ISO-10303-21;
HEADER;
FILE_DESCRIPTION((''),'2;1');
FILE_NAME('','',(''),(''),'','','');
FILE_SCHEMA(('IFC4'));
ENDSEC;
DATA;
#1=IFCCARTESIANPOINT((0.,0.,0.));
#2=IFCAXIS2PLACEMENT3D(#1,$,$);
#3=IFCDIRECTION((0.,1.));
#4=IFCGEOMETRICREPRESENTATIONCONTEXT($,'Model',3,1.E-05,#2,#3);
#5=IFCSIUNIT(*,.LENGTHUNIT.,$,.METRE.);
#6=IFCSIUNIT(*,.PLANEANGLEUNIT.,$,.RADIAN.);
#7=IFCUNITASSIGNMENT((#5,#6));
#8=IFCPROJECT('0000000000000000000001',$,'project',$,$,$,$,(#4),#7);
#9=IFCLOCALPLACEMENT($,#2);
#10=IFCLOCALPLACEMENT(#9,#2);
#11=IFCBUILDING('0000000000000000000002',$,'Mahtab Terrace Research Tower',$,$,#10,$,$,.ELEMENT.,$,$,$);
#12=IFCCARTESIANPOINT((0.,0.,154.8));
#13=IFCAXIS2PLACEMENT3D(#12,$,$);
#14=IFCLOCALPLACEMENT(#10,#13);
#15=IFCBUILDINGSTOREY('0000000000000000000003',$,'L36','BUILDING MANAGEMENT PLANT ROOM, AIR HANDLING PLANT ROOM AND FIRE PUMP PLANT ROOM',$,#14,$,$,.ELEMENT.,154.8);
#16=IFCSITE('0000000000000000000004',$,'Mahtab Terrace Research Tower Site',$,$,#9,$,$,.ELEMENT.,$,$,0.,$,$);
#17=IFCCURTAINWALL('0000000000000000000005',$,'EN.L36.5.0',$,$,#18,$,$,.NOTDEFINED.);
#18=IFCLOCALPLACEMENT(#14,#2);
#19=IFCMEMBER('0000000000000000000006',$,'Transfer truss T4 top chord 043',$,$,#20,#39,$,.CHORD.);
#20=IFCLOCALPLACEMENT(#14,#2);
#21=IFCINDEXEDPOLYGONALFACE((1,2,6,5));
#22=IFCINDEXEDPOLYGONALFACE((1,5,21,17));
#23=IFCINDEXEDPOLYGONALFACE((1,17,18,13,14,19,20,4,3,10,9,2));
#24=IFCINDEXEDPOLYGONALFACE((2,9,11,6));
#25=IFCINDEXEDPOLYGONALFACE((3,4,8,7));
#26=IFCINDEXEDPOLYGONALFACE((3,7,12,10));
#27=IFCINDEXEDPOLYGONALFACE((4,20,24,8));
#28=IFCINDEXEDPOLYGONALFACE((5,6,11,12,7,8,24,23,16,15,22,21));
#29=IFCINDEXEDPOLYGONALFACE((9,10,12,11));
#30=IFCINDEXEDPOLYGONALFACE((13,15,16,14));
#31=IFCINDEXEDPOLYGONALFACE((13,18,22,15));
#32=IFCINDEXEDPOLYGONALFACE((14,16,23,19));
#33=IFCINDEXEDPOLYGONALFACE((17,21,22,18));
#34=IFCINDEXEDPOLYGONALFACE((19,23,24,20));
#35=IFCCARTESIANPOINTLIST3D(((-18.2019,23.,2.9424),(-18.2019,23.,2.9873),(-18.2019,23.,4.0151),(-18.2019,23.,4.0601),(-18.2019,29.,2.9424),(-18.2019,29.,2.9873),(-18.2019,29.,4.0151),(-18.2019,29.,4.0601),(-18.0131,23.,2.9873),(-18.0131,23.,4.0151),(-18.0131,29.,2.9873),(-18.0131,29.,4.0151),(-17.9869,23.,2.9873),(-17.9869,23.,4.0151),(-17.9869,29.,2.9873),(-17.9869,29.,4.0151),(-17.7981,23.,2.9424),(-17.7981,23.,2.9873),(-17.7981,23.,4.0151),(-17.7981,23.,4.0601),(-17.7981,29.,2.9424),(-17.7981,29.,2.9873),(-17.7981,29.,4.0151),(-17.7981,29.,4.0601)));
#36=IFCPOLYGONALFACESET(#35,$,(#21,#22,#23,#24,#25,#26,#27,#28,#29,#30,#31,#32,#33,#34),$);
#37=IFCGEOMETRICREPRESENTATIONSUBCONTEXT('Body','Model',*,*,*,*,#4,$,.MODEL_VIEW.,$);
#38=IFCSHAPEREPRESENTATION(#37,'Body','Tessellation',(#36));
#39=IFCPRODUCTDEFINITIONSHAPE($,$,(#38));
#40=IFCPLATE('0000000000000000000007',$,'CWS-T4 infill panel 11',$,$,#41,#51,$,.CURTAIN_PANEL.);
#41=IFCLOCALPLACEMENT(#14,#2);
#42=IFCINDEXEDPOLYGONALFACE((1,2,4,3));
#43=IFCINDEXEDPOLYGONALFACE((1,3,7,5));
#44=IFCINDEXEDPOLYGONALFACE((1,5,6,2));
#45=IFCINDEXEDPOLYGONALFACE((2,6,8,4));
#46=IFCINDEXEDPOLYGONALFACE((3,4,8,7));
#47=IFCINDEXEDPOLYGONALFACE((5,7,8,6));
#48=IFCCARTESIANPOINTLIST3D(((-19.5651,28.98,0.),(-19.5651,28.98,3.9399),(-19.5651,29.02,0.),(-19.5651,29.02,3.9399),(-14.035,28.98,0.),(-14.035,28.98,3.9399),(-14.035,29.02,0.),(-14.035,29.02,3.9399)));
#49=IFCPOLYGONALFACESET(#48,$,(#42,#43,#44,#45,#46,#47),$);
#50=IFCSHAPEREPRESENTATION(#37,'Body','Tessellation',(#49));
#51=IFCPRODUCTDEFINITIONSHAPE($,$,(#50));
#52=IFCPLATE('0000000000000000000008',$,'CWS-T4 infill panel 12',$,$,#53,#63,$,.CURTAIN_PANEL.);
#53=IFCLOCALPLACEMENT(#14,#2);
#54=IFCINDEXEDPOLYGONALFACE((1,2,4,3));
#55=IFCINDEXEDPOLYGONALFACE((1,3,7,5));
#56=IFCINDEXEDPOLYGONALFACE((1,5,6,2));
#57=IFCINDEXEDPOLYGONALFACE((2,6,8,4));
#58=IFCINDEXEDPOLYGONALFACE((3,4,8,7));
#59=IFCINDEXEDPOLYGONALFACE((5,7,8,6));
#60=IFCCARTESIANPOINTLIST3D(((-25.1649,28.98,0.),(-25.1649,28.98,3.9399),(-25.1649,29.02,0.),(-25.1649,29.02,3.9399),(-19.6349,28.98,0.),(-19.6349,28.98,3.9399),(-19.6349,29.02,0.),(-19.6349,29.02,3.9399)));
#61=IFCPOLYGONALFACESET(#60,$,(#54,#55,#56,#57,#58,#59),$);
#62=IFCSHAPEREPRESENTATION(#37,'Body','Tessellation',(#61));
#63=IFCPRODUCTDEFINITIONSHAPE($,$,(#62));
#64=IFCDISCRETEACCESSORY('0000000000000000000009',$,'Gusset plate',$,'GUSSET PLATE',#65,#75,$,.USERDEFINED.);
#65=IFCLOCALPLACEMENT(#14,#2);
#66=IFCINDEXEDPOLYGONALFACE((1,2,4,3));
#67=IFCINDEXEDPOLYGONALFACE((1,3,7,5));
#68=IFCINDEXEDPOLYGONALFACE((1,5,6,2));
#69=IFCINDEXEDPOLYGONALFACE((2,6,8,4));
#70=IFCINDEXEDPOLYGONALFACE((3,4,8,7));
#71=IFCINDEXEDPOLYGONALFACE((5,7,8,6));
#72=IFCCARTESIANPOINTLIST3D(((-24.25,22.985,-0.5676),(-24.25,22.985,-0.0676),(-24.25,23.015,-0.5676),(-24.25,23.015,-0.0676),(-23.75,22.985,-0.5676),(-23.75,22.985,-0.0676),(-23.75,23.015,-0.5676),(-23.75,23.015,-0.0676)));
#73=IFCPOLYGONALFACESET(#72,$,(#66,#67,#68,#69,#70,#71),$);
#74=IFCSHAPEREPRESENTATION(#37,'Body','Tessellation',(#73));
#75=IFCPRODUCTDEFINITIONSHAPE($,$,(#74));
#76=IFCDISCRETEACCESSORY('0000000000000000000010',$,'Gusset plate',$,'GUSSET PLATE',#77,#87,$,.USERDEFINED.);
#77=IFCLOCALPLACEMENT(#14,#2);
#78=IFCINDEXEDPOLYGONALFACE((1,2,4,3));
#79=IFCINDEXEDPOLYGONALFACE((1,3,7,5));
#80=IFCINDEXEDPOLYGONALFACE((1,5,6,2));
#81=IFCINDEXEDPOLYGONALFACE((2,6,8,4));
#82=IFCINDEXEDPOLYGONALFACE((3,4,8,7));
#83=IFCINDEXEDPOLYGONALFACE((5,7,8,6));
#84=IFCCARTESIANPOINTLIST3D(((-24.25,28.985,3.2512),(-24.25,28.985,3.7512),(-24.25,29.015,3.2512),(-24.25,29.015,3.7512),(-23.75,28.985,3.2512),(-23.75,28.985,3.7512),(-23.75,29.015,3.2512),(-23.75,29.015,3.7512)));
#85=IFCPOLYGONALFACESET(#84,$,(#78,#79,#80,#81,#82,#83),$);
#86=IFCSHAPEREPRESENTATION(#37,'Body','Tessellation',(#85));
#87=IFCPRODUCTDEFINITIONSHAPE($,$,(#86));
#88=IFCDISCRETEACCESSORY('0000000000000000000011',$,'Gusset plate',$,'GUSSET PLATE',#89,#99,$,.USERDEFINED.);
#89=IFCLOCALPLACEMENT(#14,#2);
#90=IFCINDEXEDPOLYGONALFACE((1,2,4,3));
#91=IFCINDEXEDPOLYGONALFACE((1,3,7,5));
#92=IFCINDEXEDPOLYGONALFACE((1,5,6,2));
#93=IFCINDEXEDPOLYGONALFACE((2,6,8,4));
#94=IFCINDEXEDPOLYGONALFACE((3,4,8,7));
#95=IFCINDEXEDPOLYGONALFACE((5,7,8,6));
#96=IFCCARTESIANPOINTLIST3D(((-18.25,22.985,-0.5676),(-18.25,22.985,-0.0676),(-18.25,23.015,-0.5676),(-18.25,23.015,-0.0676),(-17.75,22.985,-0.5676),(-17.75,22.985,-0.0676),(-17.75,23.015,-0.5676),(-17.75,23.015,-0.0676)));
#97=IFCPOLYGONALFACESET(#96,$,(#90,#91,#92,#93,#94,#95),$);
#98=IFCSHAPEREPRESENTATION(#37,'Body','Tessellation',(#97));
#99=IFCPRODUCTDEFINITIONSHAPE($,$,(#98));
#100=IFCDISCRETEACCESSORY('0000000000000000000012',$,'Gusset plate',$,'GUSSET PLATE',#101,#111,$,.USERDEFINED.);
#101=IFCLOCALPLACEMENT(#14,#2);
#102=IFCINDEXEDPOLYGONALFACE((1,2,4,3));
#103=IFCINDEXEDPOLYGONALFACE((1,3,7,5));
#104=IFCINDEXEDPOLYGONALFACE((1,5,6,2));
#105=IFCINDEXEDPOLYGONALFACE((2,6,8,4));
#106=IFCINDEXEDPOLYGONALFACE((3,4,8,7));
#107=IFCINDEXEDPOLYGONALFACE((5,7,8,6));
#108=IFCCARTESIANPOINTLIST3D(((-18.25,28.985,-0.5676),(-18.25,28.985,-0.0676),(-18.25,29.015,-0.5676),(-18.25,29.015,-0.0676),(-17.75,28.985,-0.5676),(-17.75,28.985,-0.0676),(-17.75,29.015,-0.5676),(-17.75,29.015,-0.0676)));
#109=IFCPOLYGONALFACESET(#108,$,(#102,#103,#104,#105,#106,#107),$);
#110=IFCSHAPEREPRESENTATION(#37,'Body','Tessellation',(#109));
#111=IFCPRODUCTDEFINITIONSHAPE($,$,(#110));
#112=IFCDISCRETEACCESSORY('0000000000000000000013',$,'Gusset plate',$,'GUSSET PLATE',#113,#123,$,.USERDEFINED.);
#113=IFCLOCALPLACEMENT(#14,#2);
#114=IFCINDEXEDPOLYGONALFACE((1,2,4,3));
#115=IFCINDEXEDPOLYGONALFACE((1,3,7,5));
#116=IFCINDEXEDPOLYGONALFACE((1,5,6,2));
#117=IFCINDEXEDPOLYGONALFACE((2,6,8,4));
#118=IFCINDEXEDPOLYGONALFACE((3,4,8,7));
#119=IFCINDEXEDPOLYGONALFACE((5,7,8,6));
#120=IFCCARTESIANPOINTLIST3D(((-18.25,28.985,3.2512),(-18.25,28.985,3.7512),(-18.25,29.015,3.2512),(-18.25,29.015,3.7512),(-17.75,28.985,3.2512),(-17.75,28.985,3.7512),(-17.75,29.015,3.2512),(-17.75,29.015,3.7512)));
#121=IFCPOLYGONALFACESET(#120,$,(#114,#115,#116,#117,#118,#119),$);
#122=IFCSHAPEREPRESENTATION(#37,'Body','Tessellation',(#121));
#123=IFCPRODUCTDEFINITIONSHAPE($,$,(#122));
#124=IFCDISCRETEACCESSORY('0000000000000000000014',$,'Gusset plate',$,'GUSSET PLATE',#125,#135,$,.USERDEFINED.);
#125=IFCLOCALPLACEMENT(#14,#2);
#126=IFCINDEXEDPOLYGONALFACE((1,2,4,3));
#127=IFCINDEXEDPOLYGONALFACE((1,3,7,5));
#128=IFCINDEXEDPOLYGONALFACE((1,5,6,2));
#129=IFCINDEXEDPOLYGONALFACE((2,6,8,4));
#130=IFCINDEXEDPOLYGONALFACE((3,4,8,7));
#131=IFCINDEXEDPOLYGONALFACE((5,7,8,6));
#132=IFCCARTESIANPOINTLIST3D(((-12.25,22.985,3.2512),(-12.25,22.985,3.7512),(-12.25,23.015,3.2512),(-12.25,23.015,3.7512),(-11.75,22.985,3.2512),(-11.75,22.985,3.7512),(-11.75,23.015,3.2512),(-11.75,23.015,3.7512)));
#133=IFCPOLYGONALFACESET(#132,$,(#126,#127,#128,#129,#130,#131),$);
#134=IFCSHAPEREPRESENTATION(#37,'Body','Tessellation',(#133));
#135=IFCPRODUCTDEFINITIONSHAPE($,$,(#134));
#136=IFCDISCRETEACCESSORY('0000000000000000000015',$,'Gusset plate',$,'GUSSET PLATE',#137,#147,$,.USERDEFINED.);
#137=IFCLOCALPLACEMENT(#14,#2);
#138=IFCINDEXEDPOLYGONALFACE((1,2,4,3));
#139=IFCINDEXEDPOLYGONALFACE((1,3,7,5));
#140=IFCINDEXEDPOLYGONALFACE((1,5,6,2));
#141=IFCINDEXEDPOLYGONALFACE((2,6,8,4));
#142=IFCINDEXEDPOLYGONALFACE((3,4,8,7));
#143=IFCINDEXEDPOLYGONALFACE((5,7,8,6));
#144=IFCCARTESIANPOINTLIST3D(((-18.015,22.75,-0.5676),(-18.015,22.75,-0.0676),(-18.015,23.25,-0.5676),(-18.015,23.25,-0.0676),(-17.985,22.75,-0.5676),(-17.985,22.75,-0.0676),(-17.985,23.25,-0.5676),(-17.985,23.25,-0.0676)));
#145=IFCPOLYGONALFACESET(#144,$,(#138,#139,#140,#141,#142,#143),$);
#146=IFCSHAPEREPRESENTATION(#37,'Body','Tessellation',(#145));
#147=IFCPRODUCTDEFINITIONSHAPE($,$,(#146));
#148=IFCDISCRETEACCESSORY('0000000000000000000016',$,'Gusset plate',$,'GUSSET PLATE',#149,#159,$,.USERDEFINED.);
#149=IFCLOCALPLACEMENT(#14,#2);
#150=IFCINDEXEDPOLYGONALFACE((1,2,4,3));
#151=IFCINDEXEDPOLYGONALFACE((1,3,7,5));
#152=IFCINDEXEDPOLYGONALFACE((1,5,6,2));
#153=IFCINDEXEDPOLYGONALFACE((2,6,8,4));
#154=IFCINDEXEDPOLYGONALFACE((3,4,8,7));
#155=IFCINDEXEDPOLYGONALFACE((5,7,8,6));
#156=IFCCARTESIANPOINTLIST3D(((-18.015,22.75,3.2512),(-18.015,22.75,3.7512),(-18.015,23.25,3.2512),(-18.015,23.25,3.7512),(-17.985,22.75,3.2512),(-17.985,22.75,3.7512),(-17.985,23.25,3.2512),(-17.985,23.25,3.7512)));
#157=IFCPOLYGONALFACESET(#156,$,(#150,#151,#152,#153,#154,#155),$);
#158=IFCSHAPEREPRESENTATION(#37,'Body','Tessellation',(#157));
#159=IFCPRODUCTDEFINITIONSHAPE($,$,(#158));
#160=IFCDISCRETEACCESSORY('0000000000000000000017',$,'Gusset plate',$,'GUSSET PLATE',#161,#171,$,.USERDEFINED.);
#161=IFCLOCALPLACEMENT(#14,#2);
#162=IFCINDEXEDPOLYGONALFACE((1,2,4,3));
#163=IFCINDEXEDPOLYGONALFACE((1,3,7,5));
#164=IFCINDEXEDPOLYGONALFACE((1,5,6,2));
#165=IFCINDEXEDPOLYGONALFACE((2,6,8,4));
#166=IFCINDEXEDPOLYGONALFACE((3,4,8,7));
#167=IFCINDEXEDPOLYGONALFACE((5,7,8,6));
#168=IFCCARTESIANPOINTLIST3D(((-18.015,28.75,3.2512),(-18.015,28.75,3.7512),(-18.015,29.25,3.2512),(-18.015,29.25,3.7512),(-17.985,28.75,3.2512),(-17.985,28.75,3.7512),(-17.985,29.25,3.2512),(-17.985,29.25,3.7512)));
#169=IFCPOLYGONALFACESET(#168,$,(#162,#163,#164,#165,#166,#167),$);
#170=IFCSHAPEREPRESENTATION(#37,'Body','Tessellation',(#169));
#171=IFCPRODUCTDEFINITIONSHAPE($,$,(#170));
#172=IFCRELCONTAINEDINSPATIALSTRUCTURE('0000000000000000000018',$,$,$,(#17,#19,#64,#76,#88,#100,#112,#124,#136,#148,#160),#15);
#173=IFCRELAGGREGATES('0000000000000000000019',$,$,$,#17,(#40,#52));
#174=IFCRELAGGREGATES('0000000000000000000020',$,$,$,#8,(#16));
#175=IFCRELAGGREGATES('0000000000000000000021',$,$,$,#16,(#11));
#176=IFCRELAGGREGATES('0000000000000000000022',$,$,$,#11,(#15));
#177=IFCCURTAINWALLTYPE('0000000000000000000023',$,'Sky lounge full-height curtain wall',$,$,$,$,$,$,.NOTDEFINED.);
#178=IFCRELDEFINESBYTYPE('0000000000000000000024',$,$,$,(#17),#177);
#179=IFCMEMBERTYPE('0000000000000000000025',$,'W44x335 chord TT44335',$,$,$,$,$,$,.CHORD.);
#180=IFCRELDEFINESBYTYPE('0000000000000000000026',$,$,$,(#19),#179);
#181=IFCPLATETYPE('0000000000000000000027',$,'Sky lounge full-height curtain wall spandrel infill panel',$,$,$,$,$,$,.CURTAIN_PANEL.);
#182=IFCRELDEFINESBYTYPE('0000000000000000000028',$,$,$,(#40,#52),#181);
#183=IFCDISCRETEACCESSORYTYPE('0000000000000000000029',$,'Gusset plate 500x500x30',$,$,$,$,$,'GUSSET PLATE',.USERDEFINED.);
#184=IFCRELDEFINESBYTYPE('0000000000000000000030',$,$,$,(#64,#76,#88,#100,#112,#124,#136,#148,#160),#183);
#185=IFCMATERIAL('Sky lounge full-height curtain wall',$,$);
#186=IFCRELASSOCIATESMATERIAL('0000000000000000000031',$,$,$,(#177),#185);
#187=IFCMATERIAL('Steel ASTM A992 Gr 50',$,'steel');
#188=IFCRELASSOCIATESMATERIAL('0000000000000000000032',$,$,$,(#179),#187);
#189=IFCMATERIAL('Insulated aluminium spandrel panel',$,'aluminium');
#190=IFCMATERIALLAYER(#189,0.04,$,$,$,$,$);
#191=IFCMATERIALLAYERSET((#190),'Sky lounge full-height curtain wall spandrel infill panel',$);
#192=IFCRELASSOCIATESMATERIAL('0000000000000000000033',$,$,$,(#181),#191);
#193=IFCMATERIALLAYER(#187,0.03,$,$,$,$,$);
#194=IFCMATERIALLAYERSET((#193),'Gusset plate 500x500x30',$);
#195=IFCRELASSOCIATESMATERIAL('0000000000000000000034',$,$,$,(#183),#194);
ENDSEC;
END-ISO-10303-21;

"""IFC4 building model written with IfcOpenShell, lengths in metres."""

from ifc_helpers import new_model, si_unit, direction, frame, origin, origin_2d, place, context, subcontext, project, spatial, rectangle, i_section, extrude, material, layer, layer_set, material_profile, profile_set, type_object, element, aggregate, save


model = new_model("IFC4")

# Units and contexts
model_context = context("Model", 3, precision=1e-05, world=origin(), true_north=direction((0.0, 1.0)))
body_context = subcontext(model_context, "Body", "Model", "MODEL_VIEW")
ifc_project = project(units=[si_unit("LENGTHUNIT", "METRE"), si_unit("PLANEANGLEUNIT", "RADIAN")], contexts=[model_context])

# Site, building, storey
site_placement = place(None, origin())
site = spatial("IfcSite", under=ifc_project, at=site_placement, Name="Mahtab Terrace Research Tower Site", CompositionType="ELEMENT", RefElevation=0.0)
building_placement = place(site_placement, origin())
building = spatial("IfcBuilding", under=site, at=building_placement, Name="Mahtab Terrace Research Tower", CompositionType="ELEMENT")
storey_placement = place(building_placement, frame((0.0, 0.0, 154.8)))
storey = spatial("IfcBuildingStorey", under=building, at=storey_placement, Name="L36", Description="BUILDING MANAGEMENT PLANT ROOM, AIR HANDLING PLANT ROOM AND FIRE PUMP PLANT ROOM", CompositionType="ELEMENT", Elevation=154.8)

# Shared definitions
ifc_material_1 = material(Name="Steel ASTM A992 Gr 50", Category="steel")

# Curtain wall
ifc_material_2 = material(Name="Sky lounge full-height curtain wall")
curtain_wall_type = type_object("IfcCurtainWallType", Name="Sky lounge full-height curtain wall", PredefinedType="NOTDEFINED", material=ifc_material_2)
curtain_wall_placement = place(storey_placement, origin())
curtain_wall = element("IfcCurtainWall", 1, at=curtain_wall_placement, inside=storey, type_object=curtain_wall_type, Name="EN.L36.5.0", PredefinedType="NOTDEFINED")

# Member
ifc_material_profile_1 = material_profile(ifc_material_1, i_section(OverallWidth=0.4038, OverallDepth=1.1177, WebThickness=0.0261, FlangeThickness=0.0449, at=origin_2d()), Name="W44X335")
ifc_profile_set_1 = profile_set([ifc_material_profile_1], Name="Steel ASTM A992 Gr 50")
member_type_1 = type_object("IfcMemberType", Name="W44x335 chord TT44335", PredefinedType="CHORD", material=ifc_profile_set_1)
member_1_placement = place(storey_placement, frame((-18.0, 23.0, 3.5012), z_axis=(0.0, 1.0, 0.0), x_axis=(-1.0, 0.0, 0.0)))
element("IfcMember", 2, at=member_1_placement, inside=storey, type_object=member_type_1, Name="Transfer truss T4 top chord 043", PredefinedType="CHORD", context=body_context, shape_type="SweptSolid", body=[
    extrude(i_section(OverallWidth=0.4038, OverallDepth=1.1177, WebThickness=0.0261, FlangeThickness=0.0449, at=origin_2d()), origin(), (0.0, 0.0, 1.0), 6.0),
])

# Plates
ifc_material_3 = material(Name="Insulated aluminium spandrel panel", Category="aluminium")
ifc_layer_1 = layer(ifc_material_3, 0.04)
ifc_layer_set_1 = layer_set([ifc_layer_1], Name="Sky lounge full-height curtain wall spandrel infill panel")
plate_type = type_object("IfcPlateType", Name="Sky lounge full-height curtain wall spandrel infill panel", PredefinedType="CURTAIN_PANEL", material=ifc_layer_set_1)
plate_1_placement = place(storey_placement, frame((-16.8, 29.0, 0.0), z_axis=(0.0, 0.0, 1.0), x_axis=(-1.0, 0.0, 0.0)))
plate_1 = element("IfcPlate", 3, at=plate_1_placement, type_object=plate_type, Name="CWS-T4 infill panel 11", PredefinedType="CURTAIN_PANEL", context=body_context, shape_type="SweptSolid", body=[
    extrude(rectangle(XDim=5.53, YDim=0.04, at=origin_2d()), origin(), (0.0, 0.0, 1.0), 3.9399),
])
plate_2_placement = place(storey_placement, frame((-22.3999, 29.0, 0.0), z_axis=(0.0, 0.0, 1.0), x_axis=(-1.0, 0.0, 0.0)))
plate_2 = element("IfcPlate", 4, at=plate_2_placement, type_object=plate_type, Name="CWS-T4 infill panel 12", PredefinedType="CURTAIN_PANEL", context=body_context, shape_type="SweptSolid", body=[
    extrude(rectangle(XDim=5.53, YDim=0.04, at=origin_2d()), origin(), (0.0, 0.0, 1.0), 3.9399),
])
aggregate(curtain_wall, [plate_1, plate_2])

# Discrete accessories
ifc_layer_2 = layer(ifc_material_1, 0.03)
ifc_layer_set_2 = layer_set([ifc_layer_2], Name="Gusset plate 500x500x30")
discrete_accessory_type = type_object("IfcDiscreteAccessoryType", Name="Gusset plate 500x500x30", ElementType="GUSSET PLATE", PredefinedType="USERDEFINED", material=ifc_layer_set_2)
for number, where, z_axis, x_axis, name in (
    (5, (-24.0, 23.0, -0.5676), (0.0, 0.0, 1.0), (1.0, 0.0, 0.0), "Gusset plate"),
    (6, (-24.0, 29.0, 3.2512), (0.0, 0.0, 1.0), (1.0, 0.0, 0.0), "Gusset plate"),
    (7, (-18.0, 23.0, -0.5676), (0.0, 0.0, 1.0), (1.0, 0.0, 0.0), "Gusset plate"),
    (8, (-18.0, 29.0, -0.5676), (0.0, 0.0, 1.0), (1.0, 0.0, 0.0), "Gusset plate"),
    (9, (-18.0, 29.0, 3.2512), (0.0, 0.0, 1.0), (1.0, 0.0, 0.0), "Gusset plate"),
    (10, (-12.0, 23.0, 3.2512), (0.0, 0.0, 1.0), (1.0, 0.0, 0.0), "Gusset plate"),
    (11, (-18.0, 23.0, -0.5676), (0.0, 0.0, 1.0), (0.0, 1.0, 0.0), "Gusset plate"),
    (12, (-18.0, 23.0, 3.2512), (0.0, 0.0, 1.0), (0.0, 1.0, 0.0), "Gusset plate"),
    (13, (-18.0, 29.0, 3.2512), (0.0, 0.0, 1.0), (0.0, 1.0, 0.0), "Gusset plate"),
):
    element("IfcDiscreteAccessory", number, at=place(storey_placement, frame(where, z_axis=z_axis, x_axis=x_axis)), inside=storey, type_object=discrete_accessory_type, Name=name, ObjectType="GUSSET PLATE", PredefinedType="USERDEFINED", context=body_context, shape_type="SweptSolid", body=[
        extrude(rectangle(XDim=0.5, YDim=0.03, at=origin_2d()), origin(), (0.0, 0.0, 1.0), 0.5),
    ])

save(model, "model.ifc")
